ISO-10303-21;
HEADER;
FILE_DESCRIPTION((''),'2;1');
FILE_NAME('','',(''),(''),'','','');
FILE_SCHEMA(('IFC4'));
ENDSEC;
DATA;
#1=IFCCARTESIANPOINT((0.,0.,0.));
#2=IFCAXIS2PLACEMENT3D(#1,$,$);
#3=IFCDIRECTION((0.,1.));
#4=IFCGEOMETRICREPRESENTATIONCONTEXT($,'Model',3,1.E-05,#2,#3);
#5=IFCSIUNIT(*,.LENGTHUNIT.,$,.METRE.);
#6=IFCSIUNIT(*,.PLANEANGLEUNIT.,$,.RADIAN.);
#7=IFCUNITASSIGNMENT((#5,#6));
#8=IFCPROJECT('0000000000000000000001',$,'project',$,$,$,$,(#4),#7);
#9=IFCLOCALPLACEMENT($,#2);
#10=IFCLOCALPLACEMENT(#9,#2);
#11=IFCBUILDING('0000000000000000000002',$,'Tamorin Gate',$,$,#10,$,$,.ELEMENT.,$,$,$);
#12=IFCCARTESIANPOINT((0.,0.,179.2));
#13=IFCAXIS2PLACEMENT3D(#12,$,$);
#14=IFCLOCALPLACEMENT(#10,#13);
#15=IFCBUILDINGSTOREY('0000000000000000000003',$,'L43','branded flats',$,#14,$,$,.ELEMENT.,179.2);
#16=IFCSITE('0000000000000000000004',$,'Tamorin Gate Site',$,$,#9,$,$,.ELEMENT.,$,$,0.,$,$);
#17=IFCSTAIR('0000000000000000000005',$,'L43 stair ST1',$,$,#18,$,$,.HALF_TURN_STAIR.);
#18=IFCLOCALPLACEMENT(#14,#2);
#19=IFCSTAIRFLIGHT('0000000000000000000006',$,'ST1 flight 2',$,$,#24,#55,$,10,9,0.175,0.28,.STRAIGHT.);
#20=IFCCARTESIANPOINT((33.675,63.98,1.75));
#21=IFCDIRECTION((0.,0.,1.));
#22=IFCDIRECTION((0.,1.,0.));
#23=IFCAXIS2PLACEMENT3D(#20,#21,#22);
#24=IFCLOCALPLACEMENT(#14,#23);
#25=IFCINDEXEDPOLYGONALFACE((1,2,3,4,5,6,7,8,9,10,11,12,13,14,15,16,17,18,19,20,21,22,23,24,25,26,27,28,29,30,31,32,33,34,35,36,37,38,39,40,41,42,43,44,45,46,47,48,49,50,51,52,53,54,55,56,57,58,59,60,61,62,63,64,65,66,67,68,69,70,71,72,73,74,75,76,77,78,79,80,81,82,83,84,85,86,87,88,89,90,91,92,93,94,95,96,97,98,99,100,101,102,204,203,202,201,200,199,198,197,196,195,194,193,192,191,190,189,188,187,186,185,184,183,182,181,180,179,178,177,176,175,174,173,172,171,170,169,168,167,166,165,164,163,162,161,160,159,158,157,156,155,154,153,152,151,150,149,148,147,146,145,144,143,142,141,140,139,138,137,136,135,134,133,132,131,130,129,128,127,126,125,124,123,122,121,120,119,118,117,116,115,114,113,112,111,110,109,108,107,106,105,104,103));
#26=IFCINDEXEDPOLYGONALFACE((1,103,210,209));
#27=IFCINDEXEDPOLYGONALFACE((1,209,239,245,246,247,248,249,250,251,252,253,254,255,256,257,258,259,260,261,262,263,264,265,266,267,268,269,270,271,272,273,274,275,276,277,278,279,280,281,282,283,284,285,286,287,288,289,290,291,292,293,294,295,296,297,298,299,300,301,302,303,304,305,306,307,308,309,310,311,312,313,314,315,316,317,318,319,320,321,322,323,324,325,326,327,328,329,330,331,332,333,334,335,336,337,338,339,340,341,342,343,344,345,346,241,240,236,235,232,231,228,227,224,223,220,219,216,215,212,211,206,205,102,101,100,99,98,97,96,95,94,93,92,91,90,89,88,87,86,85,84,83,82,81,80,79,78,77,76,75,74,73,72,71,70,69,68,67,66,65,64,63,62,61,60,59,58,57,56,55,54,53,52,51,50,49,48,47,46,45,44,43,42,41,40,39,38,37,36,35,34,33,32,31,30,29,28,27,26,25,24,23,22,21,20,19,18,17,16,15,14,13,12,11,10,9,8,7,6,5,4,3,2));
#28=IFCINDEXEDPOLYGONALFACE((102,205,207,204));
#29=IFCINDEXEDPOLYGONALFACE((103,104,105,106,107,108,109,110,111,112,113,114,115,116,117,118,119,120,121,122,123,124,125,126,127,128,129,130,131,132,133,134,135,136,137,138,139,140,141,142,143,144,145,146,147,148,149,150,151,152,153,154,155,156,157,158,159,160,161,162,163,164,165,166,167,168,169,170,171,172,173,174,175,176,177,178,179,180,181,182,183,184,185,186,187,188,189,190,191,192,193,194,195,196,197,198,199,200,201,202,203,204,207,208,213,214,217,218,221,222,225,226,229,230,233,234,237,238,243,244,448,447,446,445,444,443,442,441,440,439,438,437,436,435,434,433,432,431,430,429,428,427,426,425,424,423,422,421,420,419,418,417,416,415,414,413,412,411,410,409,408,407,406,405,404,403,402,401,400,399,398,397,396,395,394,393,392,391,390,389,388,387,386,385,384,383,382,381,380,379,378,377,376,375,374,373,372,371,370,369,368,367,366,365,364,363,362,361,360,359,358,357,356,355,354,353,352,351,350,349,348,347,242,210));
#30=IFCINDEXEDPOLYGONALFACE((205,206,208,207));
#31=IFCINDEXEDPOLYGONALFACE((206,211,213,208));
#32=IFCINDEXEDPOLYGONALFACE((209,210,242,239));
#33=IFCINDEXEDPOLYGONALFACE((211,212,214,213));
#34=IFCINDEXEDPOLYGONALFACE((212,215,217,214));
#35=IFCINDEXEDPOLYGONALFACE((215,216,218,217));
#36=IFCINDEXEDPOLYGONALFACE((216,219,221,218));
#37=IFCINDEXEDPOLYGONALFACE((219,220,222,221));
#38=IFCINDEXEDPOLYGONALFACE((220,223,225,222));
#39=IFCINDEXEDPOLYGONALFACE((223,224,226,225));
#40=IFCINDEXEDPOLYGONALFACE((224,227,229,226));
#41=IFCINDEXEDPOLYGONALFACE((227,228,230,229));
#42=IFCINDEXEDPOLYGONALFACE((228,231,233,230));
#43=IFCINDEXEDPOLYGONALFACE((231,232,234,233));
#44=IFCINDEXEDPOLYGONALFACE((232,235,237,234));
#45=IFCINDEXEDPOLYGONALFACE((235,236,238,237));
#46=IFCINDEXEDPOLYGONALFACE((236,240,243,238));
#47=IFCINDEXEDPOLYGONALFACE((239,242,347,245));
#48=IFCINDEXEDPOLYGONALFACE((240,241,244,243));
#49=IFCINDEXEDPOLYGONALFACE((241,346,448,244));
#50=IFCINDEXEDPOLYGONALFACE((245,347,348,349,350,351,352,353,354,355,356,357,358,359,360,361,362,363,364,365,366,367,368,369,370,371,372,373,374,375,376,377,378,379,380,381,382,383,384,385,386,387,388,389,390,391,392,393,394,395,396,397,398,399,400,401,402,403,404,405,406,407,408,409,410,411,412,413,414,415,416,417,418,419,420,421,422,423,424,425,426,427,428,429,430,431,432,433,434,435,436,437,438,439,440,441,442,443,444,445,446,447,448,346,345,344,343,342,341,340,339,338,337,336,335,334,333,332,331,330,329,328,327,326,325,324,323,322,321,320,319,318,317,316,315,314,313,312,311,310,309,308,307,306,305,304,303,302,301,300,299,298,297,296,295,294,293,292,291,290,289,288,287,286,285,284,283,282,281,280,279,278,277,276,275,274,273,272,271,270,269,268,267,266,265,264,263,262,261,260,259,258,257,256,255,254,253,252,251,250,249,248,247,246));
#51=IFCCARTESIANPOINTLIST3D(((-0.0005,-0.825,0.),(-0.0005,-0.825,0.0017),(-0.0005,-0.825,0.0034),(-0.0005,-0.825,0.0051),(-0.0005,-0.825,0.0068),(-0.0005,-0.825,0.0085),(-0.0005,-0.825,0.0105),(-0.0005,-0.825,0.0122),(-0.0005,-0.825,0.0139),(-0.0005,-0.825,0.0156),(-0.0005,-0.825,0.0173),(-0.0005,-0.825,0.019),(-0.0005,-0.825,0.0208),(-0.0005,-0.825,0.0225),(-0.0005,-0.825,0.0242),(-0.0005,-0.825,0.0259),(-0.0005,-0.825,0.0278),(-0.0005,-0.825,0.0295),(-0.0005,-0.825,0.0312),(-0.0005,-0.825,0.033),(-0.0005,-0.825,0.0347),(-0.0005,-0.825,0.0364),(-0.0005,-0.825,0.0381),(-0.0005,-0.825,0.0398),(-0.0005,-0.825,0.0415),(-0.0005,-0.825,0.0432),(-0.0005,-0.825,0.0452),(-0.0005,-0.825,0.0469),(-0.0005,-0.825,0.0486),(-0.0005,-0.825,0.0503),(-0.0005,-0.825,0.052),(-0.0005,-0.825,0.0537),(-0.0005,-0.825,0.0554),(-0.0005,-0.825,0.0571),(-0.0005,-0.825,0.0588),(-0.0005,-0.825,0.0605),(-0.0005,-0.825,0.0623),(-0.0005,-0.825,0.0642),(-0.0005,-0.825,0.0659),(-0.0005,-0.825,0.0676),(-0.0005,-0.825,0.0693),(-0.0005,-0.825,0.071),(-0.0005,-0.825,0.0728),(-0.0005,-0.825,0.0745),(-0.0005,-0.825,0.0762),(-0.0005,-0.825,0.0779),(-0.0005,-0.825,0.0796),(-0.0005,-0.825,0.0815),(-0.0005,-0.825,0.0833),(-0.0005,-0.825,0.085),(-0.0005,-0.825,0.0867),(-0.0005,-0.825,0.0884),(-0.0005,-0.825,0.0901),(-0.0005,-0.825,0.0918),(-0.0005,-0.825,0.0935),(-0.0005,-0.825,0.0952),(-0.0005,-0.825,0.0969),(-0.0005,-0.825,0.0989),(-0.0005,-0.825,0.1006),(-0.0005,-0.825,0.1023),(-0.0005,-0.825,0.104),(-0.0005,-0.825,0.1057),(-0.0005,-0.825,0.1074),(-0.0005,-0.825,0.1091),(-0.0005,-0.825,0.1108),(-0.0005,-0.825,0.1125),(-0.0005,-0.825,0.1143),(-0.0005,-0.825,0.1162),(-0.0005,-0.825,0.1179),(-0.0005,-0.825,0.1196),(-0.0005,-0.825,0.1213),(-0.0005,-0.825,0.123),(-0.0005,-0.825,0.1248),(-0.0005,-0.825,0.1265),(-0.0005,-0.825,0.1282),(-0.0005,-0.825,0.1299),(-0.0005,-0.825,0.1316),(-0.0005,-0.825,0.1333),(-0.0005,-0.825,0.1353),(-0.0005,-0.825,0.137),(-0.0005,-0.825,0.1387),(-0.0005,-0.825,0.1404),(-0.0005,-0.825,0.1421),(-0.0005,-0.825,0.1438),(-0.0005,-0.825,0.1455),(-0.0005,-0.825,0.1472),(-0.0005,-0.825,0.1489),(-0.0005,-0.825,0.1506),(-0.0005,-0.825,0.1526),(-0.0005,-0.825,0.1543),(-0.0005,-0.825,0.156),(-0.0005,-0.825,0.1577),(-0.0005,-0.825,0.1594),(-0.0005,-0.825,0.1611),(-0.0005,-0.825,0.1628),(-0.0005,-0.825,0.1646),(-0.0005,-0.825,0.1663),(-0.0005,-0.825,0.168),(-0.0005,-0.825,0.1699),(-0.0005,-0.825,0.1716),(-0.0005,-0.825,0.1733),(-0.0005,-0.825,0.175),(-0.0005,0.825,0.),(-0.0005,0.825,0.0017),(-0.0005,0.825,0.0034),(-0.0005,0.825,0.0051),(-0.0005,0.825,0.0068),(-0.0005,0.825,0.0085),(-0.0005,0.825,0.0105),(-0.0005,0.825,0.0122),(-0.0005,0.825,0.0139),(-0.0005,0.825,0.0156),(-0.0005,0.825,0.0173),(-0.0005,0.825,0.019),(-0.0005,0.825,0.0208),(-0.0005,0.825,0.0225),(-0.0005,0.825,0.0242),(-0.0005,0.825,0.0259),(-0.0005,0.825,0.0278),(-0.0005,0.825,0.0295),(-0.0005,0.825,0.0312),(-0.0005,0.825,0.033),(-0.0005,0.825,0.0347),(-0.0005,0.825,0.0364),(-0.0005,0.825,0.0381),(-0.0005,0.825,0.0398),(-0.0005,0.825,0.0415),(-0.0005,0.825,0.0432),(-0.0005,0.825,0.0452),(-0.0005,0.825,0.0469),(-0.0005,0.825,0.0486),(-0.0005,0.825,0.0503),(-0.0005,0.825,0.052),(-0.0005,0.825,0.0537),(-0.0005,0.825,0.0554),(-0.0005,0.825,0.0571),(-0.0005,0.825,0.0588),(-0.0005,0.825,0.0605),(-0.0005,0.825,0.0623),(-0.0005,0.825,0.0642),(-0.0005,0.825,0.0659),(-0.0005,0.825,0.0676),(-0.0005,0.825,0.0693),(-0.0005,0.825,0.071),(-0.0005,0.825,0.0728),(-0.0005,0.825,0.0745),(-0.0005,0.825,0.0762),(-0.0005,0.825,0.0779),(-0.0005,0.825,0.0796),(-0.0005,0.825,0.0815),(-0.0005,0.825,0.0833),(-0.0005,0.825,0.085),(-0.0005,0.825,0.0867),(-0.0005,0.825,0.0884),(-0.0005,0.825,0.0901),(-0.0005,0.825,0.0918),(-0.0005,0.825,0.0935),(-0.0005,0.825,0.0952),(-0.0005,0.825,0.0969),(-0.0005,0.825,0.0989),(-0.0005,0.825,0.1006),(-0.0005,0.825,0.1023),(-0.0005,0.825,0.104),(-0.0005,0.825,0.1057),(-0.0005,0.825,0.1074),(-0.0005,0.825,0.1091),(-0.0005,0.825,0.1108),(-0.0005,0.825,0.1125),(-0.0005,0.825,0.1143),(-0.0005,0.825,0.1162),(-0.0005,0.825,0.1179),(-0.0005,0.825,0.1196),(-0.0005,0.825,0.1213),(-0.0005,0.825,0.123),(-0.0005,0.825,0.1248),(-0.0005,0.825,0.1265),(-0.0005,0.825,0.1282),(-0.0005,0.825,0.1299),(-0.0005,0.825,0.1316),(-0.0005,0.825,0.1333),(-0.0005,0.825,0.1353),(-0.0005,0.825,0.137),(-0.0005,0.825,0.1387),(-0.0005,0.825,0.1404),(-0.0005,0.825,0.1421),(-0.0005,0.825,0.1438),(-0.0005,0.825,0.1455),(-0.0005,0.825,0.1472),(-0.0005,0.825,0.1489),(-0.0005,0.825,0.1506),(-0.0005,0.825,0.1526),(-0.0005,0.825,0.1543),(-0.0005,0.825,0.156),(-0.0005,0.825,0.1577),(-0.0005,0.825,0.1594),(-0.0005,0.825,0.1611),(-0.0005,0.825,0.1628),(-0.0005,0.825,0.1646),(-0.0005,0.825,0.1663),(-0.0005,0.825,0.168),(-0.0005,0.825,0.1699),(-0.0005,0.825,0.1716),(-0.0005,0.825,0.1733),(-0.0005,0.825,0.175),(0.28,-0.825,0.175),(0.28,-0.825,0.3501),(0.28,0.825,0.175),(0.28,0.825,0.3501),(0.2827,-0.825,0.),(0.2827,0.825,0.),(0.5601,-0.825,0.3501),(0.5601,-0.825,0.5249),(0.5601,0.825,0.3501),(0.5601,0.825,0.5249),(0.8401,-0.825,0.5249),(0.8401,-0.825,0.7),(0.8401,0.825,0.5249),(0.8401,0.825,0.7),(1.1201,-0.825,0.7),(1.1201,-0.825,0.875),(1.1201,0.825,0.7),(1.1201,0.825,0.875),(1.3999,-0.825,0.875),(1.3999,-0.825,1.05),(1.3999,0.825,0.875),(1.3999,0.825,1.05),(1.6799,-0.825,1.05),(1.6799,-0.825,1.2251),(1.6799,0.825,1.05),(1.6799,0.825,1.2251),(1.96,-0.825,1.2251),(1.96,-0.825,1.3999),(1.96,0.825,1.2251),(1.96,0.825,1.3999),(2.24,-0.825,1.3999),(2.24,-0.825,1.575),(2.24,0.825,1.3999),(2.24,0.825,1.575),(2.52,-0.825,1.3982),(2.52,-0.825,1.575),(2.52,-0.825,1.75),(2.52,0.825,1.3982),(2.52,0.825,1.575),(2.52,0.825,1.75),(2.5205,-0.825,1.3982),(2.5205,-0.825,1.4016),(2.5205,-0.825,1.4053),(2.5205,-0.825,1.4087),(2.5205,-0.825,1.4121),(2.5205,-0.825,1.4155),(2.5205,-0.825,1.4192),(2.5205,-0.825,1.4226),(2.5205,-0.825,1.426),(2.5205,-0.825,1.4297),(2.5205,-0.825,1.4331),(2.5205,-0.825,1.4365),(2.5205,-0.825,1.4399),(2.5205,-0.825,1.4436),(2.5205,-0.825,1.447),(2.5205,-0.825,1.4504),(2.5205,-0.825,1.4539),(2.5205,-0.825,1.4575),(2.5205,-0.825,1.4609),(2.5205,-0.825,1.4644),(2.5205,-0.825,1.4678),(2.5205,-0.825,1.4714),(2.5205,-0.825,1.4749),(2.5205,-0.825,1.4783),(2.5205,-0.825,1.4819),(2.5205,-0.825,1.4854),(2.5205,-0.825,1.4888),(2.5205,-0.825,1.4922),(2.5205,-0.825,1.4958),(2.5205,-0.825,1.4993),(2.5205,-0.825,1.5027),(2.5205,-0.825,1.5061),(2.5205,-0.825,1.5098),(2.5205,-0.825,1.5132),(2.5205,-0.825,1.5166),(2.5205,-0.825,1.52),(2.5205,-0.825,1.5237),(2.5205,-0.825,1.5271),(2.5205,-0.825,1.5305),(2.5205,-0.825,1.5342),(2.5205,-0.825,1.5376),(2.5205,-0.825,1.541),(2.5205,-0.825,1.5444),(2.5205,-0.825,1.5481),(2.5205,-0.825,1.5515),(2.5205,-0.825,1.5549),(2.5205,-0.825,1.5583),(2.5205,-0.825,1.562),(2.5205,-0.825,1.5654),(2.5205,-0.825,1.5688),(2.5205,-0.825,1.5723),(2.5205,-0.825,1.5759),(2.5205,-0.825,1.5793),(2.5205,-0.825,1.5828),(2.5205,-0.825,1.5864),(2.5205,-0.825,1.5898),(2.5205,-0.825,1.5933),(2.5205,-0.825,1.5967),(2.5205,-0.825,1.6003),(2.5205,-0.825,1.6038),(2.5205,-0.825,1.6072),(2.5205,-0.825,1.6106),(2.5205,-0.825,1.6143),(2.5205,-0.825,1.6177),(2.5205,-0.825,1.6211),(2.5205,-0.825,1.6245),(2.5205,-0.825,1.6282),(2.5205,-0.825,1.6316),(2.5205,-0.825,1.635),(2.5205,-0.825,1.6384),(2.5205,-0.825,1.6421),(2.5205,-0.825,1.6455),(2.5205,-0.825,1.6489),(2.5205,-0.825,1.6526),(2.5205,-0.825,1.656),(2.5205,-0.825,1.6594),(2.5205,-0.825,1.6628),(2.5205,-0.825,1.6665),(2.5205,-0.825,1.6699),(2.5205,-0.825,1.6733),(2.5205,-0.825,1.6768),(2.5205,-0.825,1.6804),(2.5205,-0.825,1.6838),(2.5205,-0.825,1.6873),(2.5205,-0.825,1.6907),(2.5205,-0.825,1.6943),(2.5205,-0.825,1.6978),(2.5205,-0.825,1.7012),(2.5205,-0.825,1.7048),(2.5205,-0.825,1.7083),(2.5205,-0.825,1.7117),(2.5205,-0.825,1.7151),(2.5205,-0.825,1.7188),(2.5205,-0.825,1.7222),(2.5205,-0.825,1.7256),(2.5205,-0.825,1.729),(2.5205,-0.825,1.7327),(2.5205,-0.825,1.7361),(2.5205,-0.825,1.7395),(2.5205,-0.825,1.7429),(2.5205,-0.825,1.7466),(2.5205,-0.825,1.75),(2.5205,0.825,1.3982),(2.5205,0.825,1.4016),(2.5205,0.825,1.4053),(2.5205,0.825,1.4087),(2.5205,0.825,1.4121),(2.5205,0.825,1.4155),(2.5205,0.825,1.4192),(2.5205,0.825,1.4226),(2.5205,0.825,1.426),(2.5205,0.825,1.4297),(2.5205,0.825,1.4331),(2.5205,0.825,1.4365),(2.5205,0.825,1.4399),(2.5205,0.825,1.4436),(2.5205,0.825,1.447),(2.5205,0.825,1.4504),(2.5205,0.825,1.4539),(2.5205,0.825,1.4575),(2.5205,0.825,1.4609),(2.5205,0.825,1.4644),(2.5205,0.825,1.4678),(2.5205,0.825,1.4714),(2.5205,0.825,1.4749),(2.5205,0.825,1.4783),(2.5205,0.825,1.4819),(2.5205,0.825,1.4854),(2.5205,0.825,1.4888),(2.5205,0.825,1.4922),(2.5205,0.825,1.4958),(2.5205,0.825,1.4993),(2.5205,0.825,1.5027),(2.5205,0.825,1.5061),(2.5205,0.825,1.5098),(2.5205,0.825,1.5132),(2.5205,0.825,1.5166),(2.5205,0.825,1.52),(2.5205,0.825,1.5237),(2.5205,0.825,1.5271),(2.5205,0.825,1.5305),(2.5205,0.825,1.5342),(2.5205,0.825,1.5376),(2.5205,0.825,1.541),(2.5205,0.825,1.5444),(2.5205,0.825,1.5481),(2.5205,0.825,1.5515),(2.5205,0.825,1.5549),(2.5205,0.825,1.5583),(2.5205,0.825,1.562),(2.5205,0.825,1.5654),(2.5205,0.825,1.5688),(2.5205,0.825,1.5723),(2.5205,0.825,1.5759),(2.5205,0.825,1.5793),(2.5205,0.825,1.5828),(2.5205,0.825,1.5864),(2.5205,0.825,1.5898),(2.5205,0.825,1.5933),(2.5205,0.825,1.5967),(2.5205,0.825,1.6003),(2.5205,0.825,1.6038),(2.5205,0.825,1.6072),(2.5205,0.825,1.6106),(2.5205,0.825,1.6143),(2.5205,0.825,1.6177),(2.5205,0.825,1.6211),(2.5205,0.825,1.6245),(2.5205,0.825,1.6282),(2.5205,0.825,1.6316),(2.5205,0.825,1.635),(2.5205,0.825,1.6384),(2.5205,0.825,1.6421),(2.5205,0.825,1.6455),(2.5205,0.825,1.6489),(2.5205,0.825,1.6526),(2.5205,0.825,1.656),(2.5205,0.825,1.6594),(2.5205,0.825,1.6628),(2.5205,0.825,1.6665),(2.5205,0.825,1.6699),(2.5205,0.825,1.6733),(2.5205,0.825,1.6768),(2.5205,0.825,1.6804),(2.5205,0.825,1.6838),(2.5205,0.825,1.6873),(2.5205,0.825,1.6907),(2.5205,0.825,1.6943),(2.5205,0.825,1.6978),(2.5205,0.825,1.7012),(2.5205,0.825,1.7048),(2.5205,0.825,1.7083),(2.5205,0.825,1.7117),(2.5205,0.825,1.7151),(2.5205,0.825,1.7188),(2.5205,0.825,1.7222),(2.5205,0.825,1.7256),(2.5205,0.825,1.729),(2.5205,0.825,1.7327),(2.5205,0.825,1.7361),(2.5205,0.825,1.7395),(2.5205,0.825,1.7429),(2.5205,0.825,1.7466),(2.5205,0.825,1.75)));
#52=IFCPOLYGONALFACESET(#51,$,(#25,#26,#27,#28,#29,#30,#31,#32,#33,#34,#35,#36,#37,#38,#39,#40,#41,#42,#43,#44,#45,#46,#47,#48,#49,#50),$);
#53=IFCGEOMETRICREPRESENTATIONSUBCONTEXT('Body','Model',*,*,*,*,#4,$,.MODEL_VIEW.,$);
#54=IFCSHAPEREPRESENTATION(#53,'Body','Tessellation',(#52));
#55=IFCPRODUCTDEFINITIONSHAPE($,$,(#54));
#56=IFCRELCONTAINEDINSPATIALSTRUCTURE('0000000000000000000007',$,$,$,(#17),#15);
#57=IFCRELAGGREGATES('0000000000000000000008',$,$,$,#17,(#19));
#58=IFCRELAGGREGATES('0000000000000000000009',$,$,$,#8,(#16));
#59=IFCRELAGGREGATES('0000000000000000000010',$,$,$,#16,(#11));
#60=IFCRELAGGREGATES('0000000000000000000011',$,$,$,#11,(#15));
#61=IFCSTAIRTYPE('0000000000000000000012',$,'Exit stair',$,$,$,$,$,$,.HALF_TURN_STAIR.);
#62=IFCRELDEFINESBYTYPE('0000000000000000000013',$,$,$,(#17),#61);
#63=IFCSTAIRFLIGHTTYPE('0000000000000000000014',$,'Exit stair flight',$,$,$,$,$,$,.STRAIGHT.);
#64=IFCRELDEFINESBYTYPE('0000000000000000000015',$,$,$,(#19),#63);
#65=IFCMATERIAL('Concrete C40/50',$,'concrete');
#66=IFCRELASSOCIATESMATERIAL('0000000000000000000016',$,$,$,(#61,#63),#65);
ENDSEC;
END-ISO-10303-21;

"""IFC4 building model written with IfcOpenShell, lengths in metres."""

from ifc_helpers import new_model, si_unit, direction, frame, origin, place, context, subcontext, project, spatial, polyline, outline, extrude, material, type_object, element, aggregate, save


model = new_model("IFC4")

# Units and contexts
model_context = context("Model", 3, precision=1e-05, world=origin(), true_north=direction((0.0, 1.0)))
body_context = subcontext(model_context, "Body", "Model", "MODEL_VIEW")
ifc_project = project(units=[si_unit("LENGTHUNIT", "METRE"), si_unit("PLANEANGLEUNIT", "RADIAN")], contexts=[model_context])

# Site, building, storey
site_placement = place(None, origin())
site = spatial("IfcSite", under=ifc_project, at=site_placement, Name="Tamorin Gate Site", CompositionType="ELEMENT", RefElevation=0.0)
building_placement = place(site_placement, origin())
building = spatial("IfcBuilding", under=site, at=building_placement, Name="Tamorin Gate", CompositionType="ELEMENT")
storey_placement = place(building_placement, frame((0.0, 0.0, 179.2)))
storey = spatial("IfcBuildingStorey", under=building, at=storey_placement, Name="L43", Description="branded flats", CompositionType="ELEMENT", Elevation=179.2)

# Shared definitions
ifc_material_1 = material(Name="Concrete C40/50", Category="concrete")

# Stair, stair flight
stair_type = type_object("IfcStairType", Name="Exit stair", PredefinedType="HALF_TURN_STAIR", material=ifc_material_1)
stair_1_placement = place(storey_placement, origin())
stair_1 = element("IfcStair", 1, at=stair_1_placement, inside=storey, type_object=stair_type, Name="L43 stair ST1", PredefinedType="HALF_TURN_STAIR")
stair_flight_type = type_object("IfcStairFlightType", Name="Exit stair flight", PredefinedType="STRAIGHT", material=ifc_material_1)
stair_flight_1_placement = place(storey_placement, frame((33.675, 63.98, 1.75), z_axis=(0.0, 0.0, 1.0), x_axis=(0.0, 1.0, 0.0)))
stair_flight_1 = element("IfcStairFlight", 2, at=stair_flight_1_placement, type_object=stair_flight_type, Name="ST1 flight 2", NumberOfRisers=10, NumberOfTreads=9, PredefinedType="STRAIGHT", RiserHeight=0.175, TreadLength=0.28, context=body_context, shape_type="SweptSolid", body=[
    extrude(outline(polyline([(-0.0005, 0.0), (-0.0005, 0.0017), (-0.0005, 0.0034), (-0.0005, 0.0051), (-0.0005, 0.0068), (-0.0005, 0.0085), (-0.0005, 0.0105), (-0.0005, 0.0122), (-0.0005, 0.0139), (-0.0005, 0.0156), (-0.0005, 0.0173), (-0.0005, 0.019), (-0.0005, 0.0208), (-0.0005, 0.0225), (-0.0005, 0.0242), (-0.0005, 0.0259), (-0.0005, 0.0278), (-0.0005, 0.0295), (-0.0005, 0.0312), (-0.0005, 0.033), (-0.0005, 0.0347), (-0.0005, 0.0364), (-0.0005, 0.0381), (-0.0005, 0.0398), (-0.0005, 0.0415), (-0.0005, 0.0432), (-0.0005, 0.0452), (-0.0005, 0.0469), (-0.0005, 0.0486), (-0.0005, 0.0503), (-0.0005, 0.052), (-0.0005, 0.0537), (-0.0005, 0.0554), (-0.0005, 0.0571), (-0.0005, 0.0588), (-0.0005, 0.0605), (-0.0005, 0.0623), (-0.0005, 0.0642), (-0.0005, 0.0659), (-0.0005, 0.0676), (-0.0005, 0.0693), (-0.0005, 0.071), (-0.0005, 0.0728), (-0.0005, 0.0745), (-0.0005, 0.0762), (-0.0005, 0.0779), (-0.0005, 0.0796), (-0.0005, 0.0815), (-0.0005, 0.0833), (-0.0005, 0.085), (-0.0005, 0.0867), (-0.0005, 0.0884), (-0.0005, 0.0901), (-0.0005, 0.0918), (-0.0005, 0.0935), (-0.0005, 0.0952), (-0.0005, 0.0969), (-0.0005, 0.0989), (-0.0005, 0.1006), (-0.0005, 0.1023), (-0.0005, 0.104), (-0.0005, 0.1057), (-0.0005, 0.1074), (-0.0005, 0.1091), (-0.0005, 0.1108), (-0.0005, 0.1125), (-0.0005, 0.1143), (-0.0005, 0.1162), (-0.0005, 0.1179), (-0.0005, 0.1196), (-0.0005, 0.1213), (-0.0005, 0.123), (-0.0005, 0.1248), (-0.0005, 0.1265), (-0.0005, 0.1282), (-0.0005, 0.1299), (-0.0005, 0.1316), (-0.0005, 0.1333), (-0.0005, 0.1353), (-0.0005, 0.137), (-0.0005, 0.1387), (-0.0005, 0.1404), (-0.0005, 0.1421), (-0.0005, 0.1438), (-0.0005, 0.1455), (-0.0005, 0.1472), (-0.0005, 0.1489), (-0.0005, 0.1506), (-0.0005, 0.1526), (-0.0005, 0.1543), (-0.0005, 0.156), (-0.0005, 0.1577), (-0.0005, 0.1594), (-0.0005, 0.1611), (-0.0005, 0.1628), (-0.0005, 0.1646), (-0.0005, 0.1663), (-0.0005, 0.168), (-0.0005, 0.1699), (-0.0005, 0.1716), (-0.0005, 0.1733), (-0.0005, 0.175), (0.28, 0.175), (0.28, 0.3501), (0.5601, 0.3501), (0.5601, 0.5249), (0.8401, 0.5249), (0.8401, 0.7), (1.1201, 0.7), (1.1201, 0.875), (1.3999, 0.875), (1.3999, 1.05), (1.6799, 1.05), (1.6799, 1.2251), (1.96, 1.2251), (1.96, 1.3999), (2.24, 1.3999), (2.24, 1.575), (2.52, 1.575), (2.52, 1.75), (2.5205, 1.75), (2.5205, 1.7466), (2.5205, 1.7429), (2.5205, 1.7395), (2.5205, 1.7361), (2.5205, 1.7327), (2.5205, 1.729), (2.5205, 1.7256), (2.5205, 1.7222), (2.5205, 1.7188), (2.5205, 1.7151), (2.5205, 1.7117), (2.5205, 1.7083), (2.5205, 1.7048), (2.5205, 1.7012), (2.5205, 1.6978), (2.5205, 1.6943), (2.5205, 1.6907), (2.5205, 1.6873), (2.5205, 1.6838), (2.5205, 1.6804), (2.5205, 1.6768), (2.5205, 1.6733), (2.5205, 1.6699), (2.5205, 1.6665), (2.5205, 1.6628), (2.5205, 1.6594), (2.5205, 1.656), (2.5205, 1.6526), (2.5205, 1.6489), (2.5205, 1.6455), (2.5205, 1.6421), (2.5205, 1.6384), (2.5205, 1.635), (2.5205, 1.6316), (2.5205, 1.6282), (2.5205, 1.6245), (2.5205, 1.6211), (2.5205, 1.6177), (2.5205, 1.6143), (2.5205, 1.6106), (2.5205, 1.6072), (2.5205, 1.6038), (2.5205, 1.6003), (2.5205, 1.5967), (2.5205, 1.5933), (2.5205, 1.5898), (2.5205, 1.5864), (2.5205, 1.5828), (2.5205, 1.5793), (2.5205, 1.5759), (2.5205, 1.5723), (2.5205, 1.5688), (2.5205, 1.5654), (2.5205, 1.562), (2.5205, 1.5583), (2.5205, 1.5549), (2.5205, 1.5515), (2.5205, 1.5481), (2.5205, 1.5444), (2.5205, 1.541), (2.5205, 1.5376), (2.5205, 1.5342), (2.5205, 1.5305), (2.5205, 1.5271), (2.5205, 1.5237), (2.5205, 1.52), (2.5205, 1.5166), (2.5205, 1.5132), (2.5205, 1.5098), (2.5205, 1.5061), (2.5205, 1.5027), (2.5205, 1.4993), (2.5205, 1.4958), (2.5205, 1.4922), (2.5205, 1.4888), (2.5205, 1.4854), (2.5205, 1.4819), (2.5205, 1.4783), (2.5205, 1.4749), (2.5205, 1.4714), (2.5205, 1.4678), (2.5205, 1.4644), (2.5205, 1.4609), (2.5205, 1.4575), (2.5205, 1.4539), (2.5205, 1.4504), (2.5205, 1.447), (2.5205, 1.4436), (2.5205, 1.4399), (2.5205, 1.4365), (2.5205, 1.4331), (2.5205, 1.4297), (2.5205, 1.426), (2.5205, 1.4226), (2.5205, 1.4192), (2.5205, 1.4155), (2.5205, 1.4121), (2.5205, 1.4087), (2.5205, 1.4053), (2.5205, 1.4016), (2.5205, 1.3982), (2.52, 1.3982), (0.2827, 0.0), (-0.0005, 0.0)])), frame((0.0, 0.825, 0.0), z_axis=(0.0, -1.0, 0.0), x_axis=(1.0, 0.0, 0.0)), (0.0, 0.0, 1.0), 1.6499),
])
aggregate(stair_1, [stair_flight_1])

save(model, "model.ifc")
